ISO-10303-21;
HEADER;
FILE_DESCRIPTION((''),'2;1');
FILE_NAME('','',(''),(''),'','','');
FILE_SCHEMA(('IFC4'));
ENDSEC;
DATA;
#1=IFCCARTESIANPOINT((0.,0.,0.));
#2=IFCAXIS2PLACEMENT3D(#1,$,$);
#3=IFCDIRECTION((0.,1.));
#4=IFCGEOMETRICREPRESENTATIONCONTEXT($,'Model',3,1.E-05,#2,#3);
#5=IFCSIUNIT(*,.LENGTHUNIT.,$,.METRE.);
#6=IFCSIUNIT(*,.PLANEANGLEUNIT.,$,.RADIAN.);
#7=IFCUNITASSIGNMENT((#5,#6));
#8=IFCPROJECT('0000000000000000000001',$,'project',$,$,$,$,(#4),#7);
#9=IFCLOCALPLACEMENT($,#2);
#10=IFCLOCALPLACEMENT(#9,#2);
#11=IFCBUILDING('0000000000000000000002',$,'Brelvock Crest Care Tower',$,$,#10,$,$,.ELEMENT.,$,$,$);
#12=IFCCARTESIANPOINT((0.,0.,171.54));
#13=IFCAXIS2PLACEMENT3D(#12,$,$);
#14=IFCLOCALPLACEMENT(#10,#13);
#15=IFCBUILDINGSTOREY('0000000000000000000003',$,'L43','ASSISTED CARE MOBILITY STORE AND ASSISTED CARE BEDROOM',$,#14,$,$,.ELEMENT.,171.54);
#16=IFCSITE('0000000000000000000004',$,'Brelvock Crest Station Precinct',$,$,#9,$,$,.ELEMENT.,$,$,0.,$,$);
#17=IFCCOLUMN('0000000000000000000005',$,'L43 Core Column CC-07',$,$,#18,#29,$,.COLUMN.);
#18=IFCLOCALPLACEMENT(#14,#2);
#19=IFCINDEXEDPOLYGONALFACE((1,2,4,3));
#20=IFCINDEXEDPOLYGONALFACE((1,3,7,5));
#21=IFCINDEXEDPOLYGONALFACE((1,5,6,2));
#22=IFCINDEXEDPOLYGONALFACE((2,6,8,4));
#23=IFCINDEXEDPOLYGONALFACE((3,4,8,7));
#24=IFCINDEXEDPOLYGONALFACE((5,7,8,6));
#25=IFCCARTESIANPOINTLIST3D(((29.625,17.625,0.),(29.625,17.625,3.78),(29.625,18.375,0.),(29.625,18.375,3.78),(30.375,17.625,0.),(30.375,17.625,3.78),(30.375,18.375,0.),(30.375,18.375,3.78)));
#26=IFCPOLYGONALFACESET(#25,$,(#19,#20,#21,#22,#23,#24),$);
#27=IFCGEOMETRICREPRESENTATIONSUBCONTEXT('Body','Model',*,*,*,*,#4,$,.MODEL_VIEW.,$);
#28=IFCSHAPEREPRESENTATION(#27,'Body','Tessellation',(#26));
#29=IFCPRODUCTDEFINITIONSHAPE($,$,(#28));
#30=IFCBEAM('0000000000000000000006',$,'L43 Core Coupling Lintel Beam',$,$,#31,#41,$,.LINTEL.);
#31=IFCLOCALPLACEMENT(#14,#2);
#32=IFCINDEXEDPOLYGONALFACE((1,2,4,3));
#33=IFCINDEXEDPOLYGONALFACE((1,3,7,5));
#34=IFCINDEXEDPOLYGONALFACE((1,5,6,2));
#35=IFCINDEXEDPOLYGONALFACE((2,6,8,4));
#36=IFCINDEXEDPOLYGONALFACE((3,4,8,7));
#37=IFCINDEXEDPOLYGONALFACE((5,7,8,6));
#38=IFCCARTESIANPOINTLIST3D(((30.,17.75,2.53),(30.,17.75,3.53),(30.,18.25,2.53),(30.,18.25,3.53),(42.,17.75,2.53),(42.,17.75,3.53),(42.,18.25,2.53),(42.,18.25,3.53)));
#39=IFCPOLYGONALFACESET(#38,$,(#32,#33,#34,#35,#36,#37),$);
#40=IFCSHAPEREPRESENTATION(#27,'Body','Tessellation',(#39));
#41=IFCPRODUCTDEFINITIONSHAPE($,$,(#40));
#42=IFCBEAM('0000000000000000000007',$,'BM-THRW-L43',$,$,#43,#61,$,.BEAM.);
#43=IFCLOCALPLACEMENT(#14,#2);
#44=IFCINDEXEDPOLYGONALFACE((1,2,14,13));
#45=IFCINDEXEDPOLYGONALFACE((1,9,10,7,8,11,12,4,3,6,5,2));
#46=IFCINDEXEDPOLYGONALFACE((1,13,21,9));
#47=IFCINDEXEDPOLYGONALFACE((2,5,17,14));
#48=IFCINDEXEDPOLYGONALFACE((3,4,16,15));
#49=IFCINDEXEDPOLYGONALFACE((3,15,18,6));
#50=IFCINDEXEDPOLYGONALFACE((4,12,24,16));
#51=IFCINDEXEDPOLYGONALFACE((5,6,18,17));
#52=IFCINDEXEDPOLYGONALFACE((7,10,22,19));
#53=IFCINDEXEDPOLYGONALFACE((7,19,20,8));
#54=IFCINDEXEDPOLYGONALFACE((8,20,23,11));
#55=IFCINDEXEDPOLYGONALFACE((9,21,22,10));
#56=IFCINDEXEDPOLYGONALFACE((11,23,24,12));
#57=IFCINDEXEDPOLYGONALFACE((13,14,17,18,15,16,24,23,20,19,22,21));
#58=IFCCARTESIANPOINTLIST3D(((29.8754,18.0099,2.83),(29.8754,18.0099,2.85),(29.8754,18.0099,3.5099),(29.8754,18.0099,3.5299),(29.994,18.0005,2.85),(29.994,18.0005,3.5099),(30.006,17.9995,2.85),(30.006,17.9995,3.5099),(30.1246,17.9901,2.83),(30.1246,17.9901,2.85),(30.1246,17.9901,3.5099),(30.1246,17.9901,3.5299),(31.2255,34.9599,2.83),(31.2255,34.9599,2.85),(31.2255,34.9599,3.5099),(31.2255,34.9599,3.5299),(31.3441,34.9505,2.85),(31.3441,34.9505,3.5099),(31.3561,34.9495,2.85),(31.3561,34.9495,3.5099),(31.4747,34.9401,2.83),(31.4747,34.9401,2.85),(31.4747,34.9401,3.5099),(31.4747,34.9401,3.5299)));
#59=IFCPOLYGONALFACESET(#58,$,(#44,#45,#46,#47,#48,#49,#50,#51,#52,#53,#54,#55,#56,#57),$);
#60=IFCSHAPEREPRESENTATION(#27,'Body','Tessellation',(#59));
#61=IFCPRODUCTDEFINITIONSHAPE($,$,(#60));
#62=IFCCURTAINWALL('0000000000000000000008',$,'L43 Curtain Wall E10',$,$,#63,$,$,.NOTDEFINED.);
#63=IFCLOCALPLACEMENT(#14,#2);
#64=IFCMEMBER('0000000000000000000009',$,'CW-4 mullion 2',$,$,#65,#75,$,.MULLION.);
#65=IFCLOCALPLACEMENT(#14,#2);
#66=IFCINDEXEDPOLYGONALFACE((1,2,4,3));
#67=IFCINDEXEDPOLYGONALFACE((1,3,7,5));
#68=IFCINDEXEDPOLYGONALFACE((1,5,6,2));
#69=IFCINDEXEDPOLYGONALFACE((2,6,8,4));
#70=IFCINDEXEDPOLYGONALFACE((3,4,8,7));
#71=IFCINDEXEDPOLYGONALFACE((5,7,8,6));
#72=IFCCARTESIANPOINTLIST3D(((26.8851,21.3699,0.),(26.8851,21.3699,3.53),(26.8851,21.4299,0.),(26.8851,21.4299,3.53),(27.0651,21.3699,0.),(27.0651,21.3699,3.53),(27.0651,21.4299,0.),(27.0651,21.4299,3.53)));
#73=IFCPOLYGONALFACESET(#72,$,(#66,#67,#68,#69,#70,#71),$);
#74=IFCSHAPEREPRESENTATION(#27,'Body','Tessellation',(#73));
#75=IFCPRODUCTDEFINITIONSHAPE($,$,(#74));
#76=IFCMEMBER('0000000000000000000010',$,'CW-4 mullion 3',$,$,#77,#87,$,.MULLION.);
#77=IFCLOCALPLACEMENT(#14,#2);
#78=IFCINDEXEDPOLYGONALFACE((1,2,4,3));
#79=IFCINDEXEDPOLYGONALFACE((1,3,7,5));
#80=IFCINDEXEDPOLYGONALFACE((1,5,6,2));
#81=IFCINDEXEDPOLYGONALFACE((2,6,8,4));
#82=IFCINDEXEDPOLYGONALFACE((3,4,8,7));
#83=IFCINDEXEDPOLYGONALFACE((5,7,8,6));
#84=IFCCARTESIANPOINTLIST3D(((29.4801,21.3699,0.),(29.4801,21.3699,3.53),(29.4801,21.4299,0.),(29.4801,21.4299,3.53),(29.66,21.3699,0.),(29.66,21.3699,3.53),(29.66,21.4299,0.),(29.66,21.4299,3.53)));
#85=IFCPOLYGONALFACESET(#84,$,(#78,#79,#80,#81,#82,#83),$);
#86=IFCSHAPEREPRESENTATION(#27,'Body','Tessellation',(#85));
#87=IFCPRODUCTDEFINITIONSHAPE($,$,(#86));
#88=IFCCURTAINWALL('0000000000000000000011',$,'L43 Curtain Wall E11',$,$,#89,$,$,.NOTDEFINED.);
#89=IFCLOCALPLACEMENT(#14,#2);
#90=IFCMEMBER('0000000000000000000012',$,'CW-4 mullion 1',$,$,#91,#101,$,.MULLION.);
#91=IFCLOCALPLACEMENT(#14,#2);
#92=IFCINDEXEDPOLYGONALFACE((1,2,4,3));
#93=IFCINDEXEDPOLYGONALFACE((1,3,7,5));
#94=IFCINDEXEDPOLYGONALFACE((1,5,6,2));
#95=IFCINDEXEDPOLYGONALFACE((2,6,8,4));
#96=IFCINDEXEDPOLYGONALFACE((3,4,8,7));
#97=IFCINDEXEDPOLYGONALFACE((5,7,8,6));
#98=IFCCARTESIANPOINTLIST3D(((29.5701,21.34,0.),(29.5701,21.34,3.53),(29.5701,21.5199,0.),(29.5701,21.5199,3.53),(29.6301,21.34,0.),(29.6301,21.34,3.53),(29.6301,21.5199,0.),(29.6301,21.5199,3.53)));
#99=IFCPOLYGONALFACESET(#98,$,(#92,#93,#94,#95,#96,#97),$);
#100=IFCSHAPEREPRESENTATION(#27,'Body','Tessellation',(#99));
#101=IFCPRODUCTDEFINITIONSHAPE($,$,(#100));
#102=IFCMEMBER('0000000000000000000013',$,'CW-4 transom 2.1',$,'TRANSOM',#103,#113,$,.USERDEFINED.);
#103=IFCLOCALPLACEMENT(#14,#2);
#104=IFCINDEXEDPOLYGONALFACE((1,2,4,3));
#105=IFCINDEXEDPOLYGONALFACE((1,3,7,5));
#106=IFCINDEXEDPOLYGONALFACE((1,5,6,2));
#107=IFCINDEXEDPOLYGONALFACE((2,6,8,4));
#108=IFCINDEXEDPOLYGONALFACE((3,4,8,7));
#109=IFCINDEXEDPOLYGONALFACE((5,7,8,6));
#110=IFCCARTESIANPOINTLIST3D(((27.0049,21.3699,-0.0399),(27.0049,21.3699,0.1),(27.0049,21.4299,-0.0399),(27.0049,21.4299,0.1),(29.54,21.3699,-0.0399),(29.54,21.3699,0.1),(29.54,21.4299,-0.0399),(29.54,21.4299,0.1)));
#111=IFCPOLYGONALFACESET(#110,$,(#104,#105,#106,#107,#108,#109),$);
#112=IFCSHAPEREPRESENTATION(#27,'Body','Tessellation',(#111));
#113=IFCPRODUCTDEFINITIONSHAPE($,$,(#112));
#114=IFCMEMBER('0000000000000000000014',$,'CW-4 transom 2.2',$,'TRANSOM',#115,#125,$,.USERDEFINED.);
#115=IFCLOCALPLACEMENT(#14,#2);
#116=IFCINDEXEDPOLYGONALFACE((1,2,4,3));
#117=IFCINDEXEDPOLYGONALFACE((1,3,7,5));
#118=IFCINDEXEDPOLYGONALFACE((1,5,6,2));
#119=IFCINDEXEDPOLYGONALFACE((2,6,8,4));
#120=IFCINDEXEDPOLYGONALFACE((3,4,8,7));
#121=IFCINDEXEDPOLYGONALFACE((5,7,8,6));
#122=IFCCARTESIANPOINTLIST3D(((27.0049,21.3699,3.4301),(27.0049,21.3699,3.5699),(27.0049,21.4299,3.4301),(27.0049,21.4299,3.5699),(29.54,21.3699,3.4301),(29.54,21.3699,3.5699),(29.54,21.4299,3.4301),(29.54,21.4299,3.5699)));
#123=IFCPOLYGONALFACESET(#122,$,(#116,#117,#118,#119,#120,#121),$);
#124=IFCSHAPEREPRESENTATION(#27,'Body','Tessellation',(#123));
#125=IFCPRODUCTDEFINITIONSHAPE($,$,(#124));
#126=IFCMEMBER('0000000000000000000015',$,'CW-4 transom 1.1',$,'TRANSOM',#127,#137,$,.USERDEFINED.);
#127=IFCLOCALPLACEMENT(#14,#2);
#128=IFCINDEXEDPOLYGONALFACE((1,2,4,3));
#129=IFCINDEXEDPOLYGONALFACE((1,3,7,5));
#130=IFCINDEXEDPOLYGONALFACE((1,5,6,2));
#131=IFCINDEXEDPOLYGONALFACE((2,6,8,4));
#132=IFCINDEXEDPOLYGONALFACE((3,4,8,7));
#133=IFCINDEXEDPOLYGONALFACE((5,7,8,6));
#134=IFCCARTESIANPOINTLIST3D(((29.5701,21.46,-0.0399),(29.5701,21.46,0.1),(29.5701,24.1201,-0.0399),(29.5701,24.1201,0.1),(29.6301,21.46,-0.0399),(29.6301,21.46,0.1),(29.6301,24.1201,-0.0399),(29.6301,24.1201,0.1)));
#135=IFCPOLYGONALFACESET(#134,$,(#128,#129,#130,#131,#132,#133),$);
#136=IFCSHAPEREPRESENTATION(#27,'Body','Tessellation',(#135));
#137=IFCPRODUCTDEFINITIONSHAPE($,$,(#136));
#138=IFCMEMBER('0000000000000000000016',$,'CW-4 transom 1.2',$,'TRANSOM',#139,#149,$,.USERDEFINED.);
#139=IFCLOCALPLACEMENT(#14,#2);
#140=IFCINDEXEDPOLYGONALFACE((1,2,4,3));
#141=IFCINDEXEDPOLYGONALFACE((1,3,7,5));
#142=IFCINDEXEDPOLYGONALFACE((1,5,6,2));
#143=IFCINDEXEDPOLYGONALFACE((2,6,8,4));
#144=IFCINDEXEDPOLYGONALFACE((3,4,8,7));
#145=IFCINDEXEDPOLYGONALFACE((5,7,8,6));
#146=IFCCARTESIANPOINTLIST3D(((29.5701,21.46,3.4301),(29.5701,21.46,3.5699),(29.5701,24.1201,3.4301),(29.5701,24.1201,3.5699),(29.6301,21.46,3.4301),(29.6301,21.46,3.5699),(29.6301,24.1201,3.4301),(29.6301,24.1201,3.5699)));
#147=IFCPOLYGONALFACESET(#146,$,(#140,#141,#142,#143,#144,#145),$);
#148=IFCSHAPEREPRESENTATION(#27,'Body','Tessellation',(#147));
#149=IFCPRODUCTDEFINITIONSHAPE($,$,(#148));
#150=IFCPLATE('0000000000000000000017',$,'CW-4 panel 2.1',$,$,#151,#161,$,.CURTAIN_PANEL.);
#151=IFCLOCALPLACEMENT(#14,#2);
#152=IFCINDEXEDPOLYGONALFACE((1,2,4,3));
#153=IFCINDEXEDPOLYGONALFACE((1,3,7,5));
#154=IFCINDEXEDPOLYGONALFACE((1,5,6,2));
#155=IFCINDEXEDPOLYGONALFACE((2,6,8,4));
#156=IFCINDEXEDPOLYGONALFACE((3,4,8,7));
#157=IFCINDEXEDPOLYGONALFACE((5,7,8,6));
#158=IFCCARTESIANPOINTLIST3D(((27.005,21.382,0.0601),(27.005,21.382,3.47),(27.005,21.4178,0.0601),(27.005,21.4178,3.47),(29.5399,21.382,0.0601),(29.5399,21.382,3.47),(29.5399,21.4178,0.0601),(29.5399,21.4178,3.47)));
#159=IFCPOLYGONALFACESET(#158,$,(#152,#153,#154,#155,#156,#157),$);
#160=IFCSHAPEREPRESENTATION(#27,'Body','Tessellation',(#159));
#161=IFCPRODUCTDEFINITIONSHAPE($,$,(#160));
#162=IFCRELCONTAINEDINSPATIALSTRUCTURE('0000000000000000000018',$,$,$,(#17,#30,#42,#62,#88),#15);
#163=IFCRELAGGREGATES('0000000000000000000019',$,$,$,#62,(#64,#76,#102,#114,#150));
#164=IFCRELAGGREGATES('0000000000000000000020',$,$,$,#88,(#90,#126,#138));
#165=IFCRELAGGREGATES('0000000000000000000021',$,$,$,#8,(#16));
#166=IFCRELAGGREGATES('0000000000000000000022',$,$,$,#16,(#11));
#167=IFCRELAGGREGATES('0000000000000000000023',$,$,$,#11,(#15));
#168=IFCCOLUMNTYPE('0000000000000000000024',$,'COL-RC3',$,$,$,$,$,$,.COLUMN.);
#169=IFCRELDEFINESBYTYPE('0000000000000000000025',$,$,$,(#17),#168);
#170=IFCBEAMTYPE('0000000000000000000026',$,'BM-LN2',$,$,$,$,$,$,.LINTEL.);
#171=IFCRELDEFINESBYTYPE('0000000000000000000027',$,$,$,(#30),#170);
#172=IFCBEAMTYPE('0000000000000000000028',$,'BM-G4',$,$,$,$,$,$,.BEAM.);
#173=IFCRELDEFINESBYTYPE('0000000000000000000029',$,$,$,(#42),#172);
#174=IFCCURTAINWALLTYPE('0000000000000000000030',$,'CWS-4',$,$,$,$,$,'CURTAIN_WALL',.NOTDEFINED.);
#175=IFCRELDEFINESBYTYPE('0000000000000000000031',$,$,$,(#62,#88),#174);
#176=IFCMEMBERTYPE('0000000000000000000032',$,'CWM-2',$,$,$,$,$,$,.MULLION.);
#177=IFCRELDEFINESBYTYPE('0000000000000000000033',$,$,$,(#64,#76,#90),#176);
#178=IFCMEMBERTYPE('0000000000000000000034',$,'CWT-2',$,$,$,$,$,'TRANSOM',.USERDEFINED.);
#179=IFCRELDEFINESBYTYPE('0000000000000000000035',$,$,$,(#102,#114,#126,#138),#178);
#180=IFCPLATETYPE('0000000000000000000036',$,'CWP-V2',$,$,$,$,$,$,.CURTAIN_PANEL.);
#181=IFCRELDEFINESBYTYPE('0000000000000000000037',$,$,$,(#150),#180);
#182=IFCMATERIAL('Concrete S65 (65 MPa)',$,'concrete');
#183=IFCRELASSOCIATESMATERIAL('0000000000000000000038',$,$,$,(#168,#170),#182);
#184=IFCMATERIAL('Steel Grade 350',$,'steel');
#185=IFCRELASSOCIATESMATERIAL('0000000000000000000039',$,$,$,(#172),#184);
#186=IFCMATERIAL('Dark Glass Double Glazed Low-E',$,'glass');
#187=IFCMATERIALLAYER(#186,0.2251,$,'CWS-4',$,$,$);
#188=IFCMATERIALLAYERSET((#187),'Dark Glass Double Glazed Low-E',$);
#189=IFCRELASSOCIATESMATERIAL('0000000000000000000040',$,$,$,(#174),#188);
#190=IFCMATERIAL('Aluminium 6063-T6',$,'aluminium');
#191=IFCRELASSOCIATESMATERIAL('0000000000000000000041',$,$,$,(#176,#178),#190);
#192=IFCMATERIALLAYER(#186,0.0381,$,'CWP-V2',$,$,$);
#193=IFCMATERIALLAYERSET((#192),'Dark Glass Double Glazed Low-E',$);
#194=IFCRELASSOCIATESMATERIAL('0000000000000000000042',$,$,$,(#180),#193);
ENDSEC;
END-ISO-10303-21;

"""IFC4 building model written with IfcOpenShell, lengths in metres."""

from ifc_helpers import new_model, si_unit, direction, frame, origin, origin_2d, place, context, subcontext, project, spatial, rectangle, i_section, extrude, source, transform, mapped, material, layer, layer_set, material_profile, profile_set, type_object, element, aggregate, save


model = new_model("IFC4")

# Units and contexts
model_context = context("Model", 3, precision=1e-05, world=origin(), true_north=direction((0.0, 1.0)))
body_context = subcontext(model_context, "Body", "Model", "MODEL_VIEW")
ifc_project = project(units=[si_unit("LENGTHUNIT", "METRE"), si_unit("PLANEANGLEUNIT", "RADIAN")], contexts=[model_context])

# Site, building, storey
site_placement = place(None, origin())
site = spatial("IfcSite", under=ifc_project, at=site_placement, Name="Brelvock Crest Station Precinct", CompositionType="ELEMENT", RefElevation=0.0)
building_placement = place(site_placement, origin())
building = spatial("IfcBuilding", under=site, at=building_placement, Name="Brelvock Crest Care Tower", CompositionType="ELEMENT")
storey_placement = place(building_placement, frame((0.0, 0.0, 171.54)))
storey = spatial("IfcBuildingStorey", under=building, at=storey_placement, Name="L43", Description="ASSISTED CARE MOBILITY STORE AND ASSISTED CARE BEDROOM", CompositionType="ELEMENT", Elevation=171.54)

# Column
ifc_material_1 = material(Name="Concrete S65 (65 MPa)", Category="concrete")
ifc_material_profile_1 = material_profile(ifc_material_1, rectangle(XDim=0.75, YDim=0.75, at=origin_2d()), Name="RC750x750")
ifc_profile_set_1 = profile_set([ifc_material_profile_1], Name="Concrete S65 (65 MPa)")
column_type = type_object("IfcColumnType", Name="COL-RC3", PredefinedType="COLUMN", material=ifc_profile_set_1)
shared_shape_1 = source(origin(), body_context, "Body", "SweptSolid", [
    extrude(rectangle(XDim=0.75, YDim=0.75, at=origin_2d()), origin(), (0.0, 0.0, 1.0), 3.78),
])
column_placement = place(storey_placement, frame((30.0, 18.0, 0.0), z_axis=(0.0, 0.0, 1.0), x_axis=(1.0, 0.0, 0.0)))
element("IfcColumn", 1, at=column_placement, inside=storey, type_object=column_type, Name="L43 Core Column CC-07", PredefinedType="COLUMN", context=body_context, shape_type="MappedRepresentation", body=[
    mapped(shared_shape_1, transform((0.0, 0.0, 0.0), x_axis=(1.0, 0.0, 0.0), y_axis=(0.0, 1.0, 0.0), z_axis=(0.0, 0.0, 1.0), scale=1.0)),
])

# Beams
ifc_material_profile_2 = material_profile(ifc_material_1, rectangle(XDim=0.5, YDim=1.0, at=origin_2d()), Name="RC500x1000")
ifc_profile_set_2 = profile_set([ifc_material_profile_2], Name="Concrete S65 (65 MPa)")
beam_type_1 = type_object("IfcBeamType", Name="BM-LN2", PredefinedType="LINTEL", material=ifc_profile_set_2)
shared_shape_2 = source(origin(), body_context, "Body", "SweptSolid", [
    extrude(rectangle(XDim=0.5, YDim=1.0, at=origin_2d()), origin(), (0.0, 0.0, 1.0), 12.0),
])
beam_1_placement = place(storey_placement, frame((30.0, 18.0, 3.03), z_axis=(1.0, 0.0, 0.0), x_axis=(0.0, 1.0, 0.0)))
element("IfcBeam", 2, at=beam_1_placement, inside=storey, type_object=beam_type_1, Name="L43 Core Coupling Lintel Beam", PredefinedType="LINTEL", context=body_context, shape_type="MappedRepresentation", body=[
    mapped(shared_shape_2, transform((0.0, 0.0, 0.0), x_axis=(1.0, 0.0, 0.0), y_axis=(0.0, 1.0, 0.0), z_axis=(0.0, 0.0, 1.0), scale=1.0)),
])
ifc_material_2 = material(Name="Steel Grade 350", Category="steel")
ifc_material_profile_3 = material_profile(ifc_material_2, i_section(OverallWidth=0.25, OverallDepth=0.7, WebThickness=0.012, FlangeThickness=0.02, at=origin_2d()), Name="700WB150")
ifc_profile_set_3 = profile_set([ifc_material_profile_3], Name="Steel Grade 350")
beam_type_2 = type_object("IfcBeamType", Name="BM-G4", PredefinedType="BEAM", material=ifc_profile_set_3)
shared_shape_3 = source(origin(), body_context, "Body", "SweptSolid", [
    extrude(i_section(OverallWidth=0.25, OverallDepth=0.7, WebThickness=0.012, FlangeThickness=0.02, at=origin_2d()), origin(), (0.0, 0.0, 1.0), 17.0037),
])
beam_2_placement = place(storey_placement, frame((30.0, 18.0, 3.1799), z_axis=(0.079401, 0.996843, 0.0), x_axis=(-0.996843, 0.079401, 0.0)))
element("IfcBeam", 3, at=beam_2_placement, inside=storey, type_object=beam_type_2, Name="BM-THRW-L43", PredefinedType="BEAM", context=body_context, shape_type="MappedRepresentation", body=[
    mapped(shared_shape_3, transform((0.0, 0.0, 0.0), x_axis=(1.0, 0.0, 0.0), y_axis=(0.0, 1.0, 0.0), z_axis=(0.0, 0.0, 1.0), scale=1.0)),
])

# Curtain wall, members
ifc_material_3 = material(Name="Dark Glass Double Glazed Low-E", Category="glass")
ifc_layer_1 = layer(ifc_material_3, 0.2251, Name="CWS-4")
ifc_layer_set_1 = layer_set([ifc_layer_1], Name="Dark Glass Double Glazed Low-E")
curtain_wall_type = type_object("IfcCurtainWallType", Name="CWS-4", ElementType="CURTAIN_WALL", PredefinedType="NOTDEFINED", material=ifc_layer_set_1)
curtain_wall_1_placement = place(storey_placement, origin())
curtain_wall_1 = element("IfcCurtainWall", 4, at=curtain_wall_1_placement, inside=storey, type_object=curtain_wall_type, Name="L43 Curtain Wall E10", PredefinedType="NOTDEFINED")
ifc_material_4 = material(Name="Aluminium 6063-T6", Category="aluminium")
ifc_material_profile_4 = material_profile(ifc_material_4, rectangle(XDim=0.0601, YDim=0.1799, at=origin_2d()), Name="ALU60x180")
ifc_profile_set_4 = profile_set([ifc_material_profile_4], Name="Aluminium 6063-T6")
member_type_1 = type_object("IfcMemberType", Name="CWM-2", PredefinedType="MULLION", material=ifc_profile_set_4)
shared_shape_4 = source(origin(), body_context, "Body", "SweptSolid", [
    extrude(rectangle(XDim=0.0601, YDim=0.1799, at=origin_2d()), origin(), (0.0, 0.0, 1.0), 3.53),
])
member_1_placement = place(storey_placement, frame((26.9751, 21.3999, 0.0), z_axis=(0.0, 0.0, 1.0), x_axis=(0.0, 1.0, 0.0)))
member_1 = element("IfcMember", 5, at=member_1_placement, type_object=member_type_1, Name="CW-4 mullion 2", PredefinedType="MULLION", context=body_context, shape_type="MappedRepresentation", body=[
    mapped(shared_shape_4, transform((0.0, 0.0, 0.0), x_axis=(1.0, 0.0, 0.0), y_axis=(0.0, 1.0, 0.0), z_axis=(0.0, 0.0, 1.0), scale=1.0)),
])
member_2_placement = place(storey_placement, frame((29.5701, 21.3999, 0.0), z_axis=(0.0, 0.0, 1.0), x_axis=(0.0, 1.0, 0.0)))
member_2 = element("IfcMember", 6, at=member_2_placement, type_object=member_type_1, Name="CW-4 mullion 3", PredefinedType="MULLION", context=body_context, shape_type="MappedRepresentation", body=[
    mapped(shared_shape_4, transform((0.0, 0.0, 0.0), x_axis=(1.0, 0.0, 0.0), y_axis=(0.0, 1.0, 0.0), z_axis=(0.0, 0.0, 1.0), scale=1.0)),
])

# Curtain wall, member
curtain_wall_2_placement = place(storey_placement, origin())
curtain_wall_2 = element("IfcCurtainWall", 7, at=curtain_wall_2_placement, inside=storey, type_object=curtain_wall_type, Name="L43 Curtain Wall E11", PredefinedType="NOTDEFINED")
member_3_placement = place(storey_placement, frame((29.6001, 21.4299, 0.0), z_axis=(0.0, 0.0, 1.0), x_axis=(-1.0, 0.0, 0.0)))
member_3 = element("IfcMember", 8, at=member_3_placement, type_object=member_type_1, Name="CW-4 mullion 1", PredefinedType="MULLION", context=body_context, shape_type="MappedRepresentation", body=[
    mapped(shared_shape_4, transform((0.0, 0.0, 0.0), x_axis=(1.0, 0.0, 0.0), y_axis=(0.0, 1.0, 0.0), z_axis=(0.0, 0.0, 1.0), scale=1.0)),
])

# Members
ifc_material_profile_5 = material_profile(ifc_material_4, rectangle(XDim=0.0601, YDim=0.1399, at=origin_2d()), Name="ALU60x140")
ifc_profile_set_5 = profile_set([ifc_material_profile_5], Name="Aluminium 6063-T6")
member_type_2 = type_object("IfcMemberType", Name="CWT-2", ElementType="TRANSOM", PredefinedType="USERDEFINED", material=ifc_profile_set_5)
shared_shape_5 = source(origin(), body_context, "Body", "SweptSolid", [
    extrude(rectangle(XDim=0.0601, YDim=0.1399, at=origin_2d()), origin(), (0.0, 0.0, 1.0), 2.5352),
])
member_4_placement = place(storey_placement, frame((27.0049, 21.3999, 0.03), z_axis=(1.0, 0.0, 0.0), x_axis=(0.0, 1.0, 0.0)))
member_4 = element("IfcMember", 9, at=member_4_placement, type_object=member_type_2, Name="CW-4 transom 2.1", ObjectType="TRANSOM", PredefinedType="USERDEFINED", context=body_context, shape_type="MappedRepresentation", body=[
    mapped(shared_shape_5, transform((0.0, 0.0, 0.0), x_axis=(1.0, 0.0, 0.0), y_axis=(0.0, 1.0, 0.0), z_axis=(0.0, 0.0, 1.0), scale=1.0)),
])
member_5_placement = place(storey_placement, frame((27.0049, 21.3999, 3.5), z_axis=(1.0, 0.0, 0.0), x_axis=(0.0, 1.0, 0.0)))
member_5 = element("IfcMember", 10, at=member_5_placement, type_object=member_type_2, Name="CW-4 transom 2.2", ObjectType="TRANSOM", PredefinedType="USERDEFINED", context=body_context, shape_type="MappedRepresentation", body=[
    mapped(shared_shape_5, transform((0.0, 0.0, 0.0), x_axis=(1.0, 0.0, 0.0), y_axis=(0.0, 1.0, 0.0), z_axis=(0.0, 0.0, 1.0), scale=1.0)),
])
shared_shape_6 = source(origin(), body_context, "Body", "SweptSolid", [
    extrude(rectangle(XDim=0.0601, YDim=0.1399, at=origin_2d()), origin(), (0.0, 0.0, 1.0), 2.6602),
])
member_6_placement = place(storey_placement, frame((29.6001, 21.46, 0.03), z_axis=(0.0, 1.0, 0.0), x_axis=(-1.0, 0.0, 0.0)))
member_6 = element("IfcMember", 11, at=member_6_placement, type_object=member_type_2, Name="CW-4 transom 1.1", ObjectType="TRANSOM", PredefinedType="USERDEFINED", context=body_context, shape_type="MappedRepresentation", body=[
    mapped(shared_shape_6, transform((0.0, 0.0, 0.0), x_axis=(1.0, 0.0, 0.0), y_axis=(0.0, 1.0, 0.0), z_axis=(0.0, 0.0, 1.0), scale=1.0)),
])
member_7_placement = place(storey_placement, frame((29.6001, 21.46, 3.5), z_axis=(0.0, 1.0, 0.0), x_axis=(-1.0, 0.0, 0.0)))
member_7 = element("IfcMember", 12, at=member_7_placement, type_object=member_type_2, Name="CW-4 transom 1.2", ObjectType="TRANSOM", PredefinedType="USERDEFINED", context=body_context, shape_type="MappedRepresentation", body=[
    mapped(shared_shape_6, transform((0.0, 0.0, 0.0), x_axis=(1.0, 0.0, 0.0), y_axis=(0.0, 1.0, 0.0), z_axis=(0.0, 0.0, 1.0), scale=1.0)),
])

# Plate
ifc_layer_2 = layer(ifc_material_3, 0.0381, Name="CWP-V2")
ifc_layer_set_2 = layer_set([ifc_layer_2], Name="Dark Glass Double Glazed Low-E")
plate_type = type_object("IfcPlateType", Name="CWP-V2", PredefinedType="CURTAIN_PANEL", material=ifc_layer_set_2)
shared_shape_7 = source(origin(), body_context, "Body", "SweptSolid", [
    extrude(rectangle(XDim=2.5349, YDim=0.0359, at=origin_2d()), origin(), (0.0, 0.0, 1.0), 3.4099),
])
plate_1_placement = place(storey_placement, frame((28.2725, 21.3999, 0.0601), z_axis=(0.0, 0.0, 1.0), x_axis=(1.0, 0.0, 0.0)))
plate_1 = element("IfcPlate", 13, at=plate_1_placement, type_object=plate_type, Name="CW-4 panel 2.1", PredefinedType="CURTAIN_PANEL", context=body_context, shape_type="MappedRepresentation", body=[
    mapped(shared_shape_7, transform((0.0, 0.0, 0.0), x_axis=(1.0, 0.0, 0.0), y_axis=(0.0, 1.0, 0.0), z_axis=(0.0, 0.0, 1.0), scale=1.0)),
])
aggregate(curtain_wall_1, [member_1, member_2, member_4, member_5, plate_1])
aggregate(curtain_wall_2, [member_3, member_6, member_7])

save(model, "model.ifc")
